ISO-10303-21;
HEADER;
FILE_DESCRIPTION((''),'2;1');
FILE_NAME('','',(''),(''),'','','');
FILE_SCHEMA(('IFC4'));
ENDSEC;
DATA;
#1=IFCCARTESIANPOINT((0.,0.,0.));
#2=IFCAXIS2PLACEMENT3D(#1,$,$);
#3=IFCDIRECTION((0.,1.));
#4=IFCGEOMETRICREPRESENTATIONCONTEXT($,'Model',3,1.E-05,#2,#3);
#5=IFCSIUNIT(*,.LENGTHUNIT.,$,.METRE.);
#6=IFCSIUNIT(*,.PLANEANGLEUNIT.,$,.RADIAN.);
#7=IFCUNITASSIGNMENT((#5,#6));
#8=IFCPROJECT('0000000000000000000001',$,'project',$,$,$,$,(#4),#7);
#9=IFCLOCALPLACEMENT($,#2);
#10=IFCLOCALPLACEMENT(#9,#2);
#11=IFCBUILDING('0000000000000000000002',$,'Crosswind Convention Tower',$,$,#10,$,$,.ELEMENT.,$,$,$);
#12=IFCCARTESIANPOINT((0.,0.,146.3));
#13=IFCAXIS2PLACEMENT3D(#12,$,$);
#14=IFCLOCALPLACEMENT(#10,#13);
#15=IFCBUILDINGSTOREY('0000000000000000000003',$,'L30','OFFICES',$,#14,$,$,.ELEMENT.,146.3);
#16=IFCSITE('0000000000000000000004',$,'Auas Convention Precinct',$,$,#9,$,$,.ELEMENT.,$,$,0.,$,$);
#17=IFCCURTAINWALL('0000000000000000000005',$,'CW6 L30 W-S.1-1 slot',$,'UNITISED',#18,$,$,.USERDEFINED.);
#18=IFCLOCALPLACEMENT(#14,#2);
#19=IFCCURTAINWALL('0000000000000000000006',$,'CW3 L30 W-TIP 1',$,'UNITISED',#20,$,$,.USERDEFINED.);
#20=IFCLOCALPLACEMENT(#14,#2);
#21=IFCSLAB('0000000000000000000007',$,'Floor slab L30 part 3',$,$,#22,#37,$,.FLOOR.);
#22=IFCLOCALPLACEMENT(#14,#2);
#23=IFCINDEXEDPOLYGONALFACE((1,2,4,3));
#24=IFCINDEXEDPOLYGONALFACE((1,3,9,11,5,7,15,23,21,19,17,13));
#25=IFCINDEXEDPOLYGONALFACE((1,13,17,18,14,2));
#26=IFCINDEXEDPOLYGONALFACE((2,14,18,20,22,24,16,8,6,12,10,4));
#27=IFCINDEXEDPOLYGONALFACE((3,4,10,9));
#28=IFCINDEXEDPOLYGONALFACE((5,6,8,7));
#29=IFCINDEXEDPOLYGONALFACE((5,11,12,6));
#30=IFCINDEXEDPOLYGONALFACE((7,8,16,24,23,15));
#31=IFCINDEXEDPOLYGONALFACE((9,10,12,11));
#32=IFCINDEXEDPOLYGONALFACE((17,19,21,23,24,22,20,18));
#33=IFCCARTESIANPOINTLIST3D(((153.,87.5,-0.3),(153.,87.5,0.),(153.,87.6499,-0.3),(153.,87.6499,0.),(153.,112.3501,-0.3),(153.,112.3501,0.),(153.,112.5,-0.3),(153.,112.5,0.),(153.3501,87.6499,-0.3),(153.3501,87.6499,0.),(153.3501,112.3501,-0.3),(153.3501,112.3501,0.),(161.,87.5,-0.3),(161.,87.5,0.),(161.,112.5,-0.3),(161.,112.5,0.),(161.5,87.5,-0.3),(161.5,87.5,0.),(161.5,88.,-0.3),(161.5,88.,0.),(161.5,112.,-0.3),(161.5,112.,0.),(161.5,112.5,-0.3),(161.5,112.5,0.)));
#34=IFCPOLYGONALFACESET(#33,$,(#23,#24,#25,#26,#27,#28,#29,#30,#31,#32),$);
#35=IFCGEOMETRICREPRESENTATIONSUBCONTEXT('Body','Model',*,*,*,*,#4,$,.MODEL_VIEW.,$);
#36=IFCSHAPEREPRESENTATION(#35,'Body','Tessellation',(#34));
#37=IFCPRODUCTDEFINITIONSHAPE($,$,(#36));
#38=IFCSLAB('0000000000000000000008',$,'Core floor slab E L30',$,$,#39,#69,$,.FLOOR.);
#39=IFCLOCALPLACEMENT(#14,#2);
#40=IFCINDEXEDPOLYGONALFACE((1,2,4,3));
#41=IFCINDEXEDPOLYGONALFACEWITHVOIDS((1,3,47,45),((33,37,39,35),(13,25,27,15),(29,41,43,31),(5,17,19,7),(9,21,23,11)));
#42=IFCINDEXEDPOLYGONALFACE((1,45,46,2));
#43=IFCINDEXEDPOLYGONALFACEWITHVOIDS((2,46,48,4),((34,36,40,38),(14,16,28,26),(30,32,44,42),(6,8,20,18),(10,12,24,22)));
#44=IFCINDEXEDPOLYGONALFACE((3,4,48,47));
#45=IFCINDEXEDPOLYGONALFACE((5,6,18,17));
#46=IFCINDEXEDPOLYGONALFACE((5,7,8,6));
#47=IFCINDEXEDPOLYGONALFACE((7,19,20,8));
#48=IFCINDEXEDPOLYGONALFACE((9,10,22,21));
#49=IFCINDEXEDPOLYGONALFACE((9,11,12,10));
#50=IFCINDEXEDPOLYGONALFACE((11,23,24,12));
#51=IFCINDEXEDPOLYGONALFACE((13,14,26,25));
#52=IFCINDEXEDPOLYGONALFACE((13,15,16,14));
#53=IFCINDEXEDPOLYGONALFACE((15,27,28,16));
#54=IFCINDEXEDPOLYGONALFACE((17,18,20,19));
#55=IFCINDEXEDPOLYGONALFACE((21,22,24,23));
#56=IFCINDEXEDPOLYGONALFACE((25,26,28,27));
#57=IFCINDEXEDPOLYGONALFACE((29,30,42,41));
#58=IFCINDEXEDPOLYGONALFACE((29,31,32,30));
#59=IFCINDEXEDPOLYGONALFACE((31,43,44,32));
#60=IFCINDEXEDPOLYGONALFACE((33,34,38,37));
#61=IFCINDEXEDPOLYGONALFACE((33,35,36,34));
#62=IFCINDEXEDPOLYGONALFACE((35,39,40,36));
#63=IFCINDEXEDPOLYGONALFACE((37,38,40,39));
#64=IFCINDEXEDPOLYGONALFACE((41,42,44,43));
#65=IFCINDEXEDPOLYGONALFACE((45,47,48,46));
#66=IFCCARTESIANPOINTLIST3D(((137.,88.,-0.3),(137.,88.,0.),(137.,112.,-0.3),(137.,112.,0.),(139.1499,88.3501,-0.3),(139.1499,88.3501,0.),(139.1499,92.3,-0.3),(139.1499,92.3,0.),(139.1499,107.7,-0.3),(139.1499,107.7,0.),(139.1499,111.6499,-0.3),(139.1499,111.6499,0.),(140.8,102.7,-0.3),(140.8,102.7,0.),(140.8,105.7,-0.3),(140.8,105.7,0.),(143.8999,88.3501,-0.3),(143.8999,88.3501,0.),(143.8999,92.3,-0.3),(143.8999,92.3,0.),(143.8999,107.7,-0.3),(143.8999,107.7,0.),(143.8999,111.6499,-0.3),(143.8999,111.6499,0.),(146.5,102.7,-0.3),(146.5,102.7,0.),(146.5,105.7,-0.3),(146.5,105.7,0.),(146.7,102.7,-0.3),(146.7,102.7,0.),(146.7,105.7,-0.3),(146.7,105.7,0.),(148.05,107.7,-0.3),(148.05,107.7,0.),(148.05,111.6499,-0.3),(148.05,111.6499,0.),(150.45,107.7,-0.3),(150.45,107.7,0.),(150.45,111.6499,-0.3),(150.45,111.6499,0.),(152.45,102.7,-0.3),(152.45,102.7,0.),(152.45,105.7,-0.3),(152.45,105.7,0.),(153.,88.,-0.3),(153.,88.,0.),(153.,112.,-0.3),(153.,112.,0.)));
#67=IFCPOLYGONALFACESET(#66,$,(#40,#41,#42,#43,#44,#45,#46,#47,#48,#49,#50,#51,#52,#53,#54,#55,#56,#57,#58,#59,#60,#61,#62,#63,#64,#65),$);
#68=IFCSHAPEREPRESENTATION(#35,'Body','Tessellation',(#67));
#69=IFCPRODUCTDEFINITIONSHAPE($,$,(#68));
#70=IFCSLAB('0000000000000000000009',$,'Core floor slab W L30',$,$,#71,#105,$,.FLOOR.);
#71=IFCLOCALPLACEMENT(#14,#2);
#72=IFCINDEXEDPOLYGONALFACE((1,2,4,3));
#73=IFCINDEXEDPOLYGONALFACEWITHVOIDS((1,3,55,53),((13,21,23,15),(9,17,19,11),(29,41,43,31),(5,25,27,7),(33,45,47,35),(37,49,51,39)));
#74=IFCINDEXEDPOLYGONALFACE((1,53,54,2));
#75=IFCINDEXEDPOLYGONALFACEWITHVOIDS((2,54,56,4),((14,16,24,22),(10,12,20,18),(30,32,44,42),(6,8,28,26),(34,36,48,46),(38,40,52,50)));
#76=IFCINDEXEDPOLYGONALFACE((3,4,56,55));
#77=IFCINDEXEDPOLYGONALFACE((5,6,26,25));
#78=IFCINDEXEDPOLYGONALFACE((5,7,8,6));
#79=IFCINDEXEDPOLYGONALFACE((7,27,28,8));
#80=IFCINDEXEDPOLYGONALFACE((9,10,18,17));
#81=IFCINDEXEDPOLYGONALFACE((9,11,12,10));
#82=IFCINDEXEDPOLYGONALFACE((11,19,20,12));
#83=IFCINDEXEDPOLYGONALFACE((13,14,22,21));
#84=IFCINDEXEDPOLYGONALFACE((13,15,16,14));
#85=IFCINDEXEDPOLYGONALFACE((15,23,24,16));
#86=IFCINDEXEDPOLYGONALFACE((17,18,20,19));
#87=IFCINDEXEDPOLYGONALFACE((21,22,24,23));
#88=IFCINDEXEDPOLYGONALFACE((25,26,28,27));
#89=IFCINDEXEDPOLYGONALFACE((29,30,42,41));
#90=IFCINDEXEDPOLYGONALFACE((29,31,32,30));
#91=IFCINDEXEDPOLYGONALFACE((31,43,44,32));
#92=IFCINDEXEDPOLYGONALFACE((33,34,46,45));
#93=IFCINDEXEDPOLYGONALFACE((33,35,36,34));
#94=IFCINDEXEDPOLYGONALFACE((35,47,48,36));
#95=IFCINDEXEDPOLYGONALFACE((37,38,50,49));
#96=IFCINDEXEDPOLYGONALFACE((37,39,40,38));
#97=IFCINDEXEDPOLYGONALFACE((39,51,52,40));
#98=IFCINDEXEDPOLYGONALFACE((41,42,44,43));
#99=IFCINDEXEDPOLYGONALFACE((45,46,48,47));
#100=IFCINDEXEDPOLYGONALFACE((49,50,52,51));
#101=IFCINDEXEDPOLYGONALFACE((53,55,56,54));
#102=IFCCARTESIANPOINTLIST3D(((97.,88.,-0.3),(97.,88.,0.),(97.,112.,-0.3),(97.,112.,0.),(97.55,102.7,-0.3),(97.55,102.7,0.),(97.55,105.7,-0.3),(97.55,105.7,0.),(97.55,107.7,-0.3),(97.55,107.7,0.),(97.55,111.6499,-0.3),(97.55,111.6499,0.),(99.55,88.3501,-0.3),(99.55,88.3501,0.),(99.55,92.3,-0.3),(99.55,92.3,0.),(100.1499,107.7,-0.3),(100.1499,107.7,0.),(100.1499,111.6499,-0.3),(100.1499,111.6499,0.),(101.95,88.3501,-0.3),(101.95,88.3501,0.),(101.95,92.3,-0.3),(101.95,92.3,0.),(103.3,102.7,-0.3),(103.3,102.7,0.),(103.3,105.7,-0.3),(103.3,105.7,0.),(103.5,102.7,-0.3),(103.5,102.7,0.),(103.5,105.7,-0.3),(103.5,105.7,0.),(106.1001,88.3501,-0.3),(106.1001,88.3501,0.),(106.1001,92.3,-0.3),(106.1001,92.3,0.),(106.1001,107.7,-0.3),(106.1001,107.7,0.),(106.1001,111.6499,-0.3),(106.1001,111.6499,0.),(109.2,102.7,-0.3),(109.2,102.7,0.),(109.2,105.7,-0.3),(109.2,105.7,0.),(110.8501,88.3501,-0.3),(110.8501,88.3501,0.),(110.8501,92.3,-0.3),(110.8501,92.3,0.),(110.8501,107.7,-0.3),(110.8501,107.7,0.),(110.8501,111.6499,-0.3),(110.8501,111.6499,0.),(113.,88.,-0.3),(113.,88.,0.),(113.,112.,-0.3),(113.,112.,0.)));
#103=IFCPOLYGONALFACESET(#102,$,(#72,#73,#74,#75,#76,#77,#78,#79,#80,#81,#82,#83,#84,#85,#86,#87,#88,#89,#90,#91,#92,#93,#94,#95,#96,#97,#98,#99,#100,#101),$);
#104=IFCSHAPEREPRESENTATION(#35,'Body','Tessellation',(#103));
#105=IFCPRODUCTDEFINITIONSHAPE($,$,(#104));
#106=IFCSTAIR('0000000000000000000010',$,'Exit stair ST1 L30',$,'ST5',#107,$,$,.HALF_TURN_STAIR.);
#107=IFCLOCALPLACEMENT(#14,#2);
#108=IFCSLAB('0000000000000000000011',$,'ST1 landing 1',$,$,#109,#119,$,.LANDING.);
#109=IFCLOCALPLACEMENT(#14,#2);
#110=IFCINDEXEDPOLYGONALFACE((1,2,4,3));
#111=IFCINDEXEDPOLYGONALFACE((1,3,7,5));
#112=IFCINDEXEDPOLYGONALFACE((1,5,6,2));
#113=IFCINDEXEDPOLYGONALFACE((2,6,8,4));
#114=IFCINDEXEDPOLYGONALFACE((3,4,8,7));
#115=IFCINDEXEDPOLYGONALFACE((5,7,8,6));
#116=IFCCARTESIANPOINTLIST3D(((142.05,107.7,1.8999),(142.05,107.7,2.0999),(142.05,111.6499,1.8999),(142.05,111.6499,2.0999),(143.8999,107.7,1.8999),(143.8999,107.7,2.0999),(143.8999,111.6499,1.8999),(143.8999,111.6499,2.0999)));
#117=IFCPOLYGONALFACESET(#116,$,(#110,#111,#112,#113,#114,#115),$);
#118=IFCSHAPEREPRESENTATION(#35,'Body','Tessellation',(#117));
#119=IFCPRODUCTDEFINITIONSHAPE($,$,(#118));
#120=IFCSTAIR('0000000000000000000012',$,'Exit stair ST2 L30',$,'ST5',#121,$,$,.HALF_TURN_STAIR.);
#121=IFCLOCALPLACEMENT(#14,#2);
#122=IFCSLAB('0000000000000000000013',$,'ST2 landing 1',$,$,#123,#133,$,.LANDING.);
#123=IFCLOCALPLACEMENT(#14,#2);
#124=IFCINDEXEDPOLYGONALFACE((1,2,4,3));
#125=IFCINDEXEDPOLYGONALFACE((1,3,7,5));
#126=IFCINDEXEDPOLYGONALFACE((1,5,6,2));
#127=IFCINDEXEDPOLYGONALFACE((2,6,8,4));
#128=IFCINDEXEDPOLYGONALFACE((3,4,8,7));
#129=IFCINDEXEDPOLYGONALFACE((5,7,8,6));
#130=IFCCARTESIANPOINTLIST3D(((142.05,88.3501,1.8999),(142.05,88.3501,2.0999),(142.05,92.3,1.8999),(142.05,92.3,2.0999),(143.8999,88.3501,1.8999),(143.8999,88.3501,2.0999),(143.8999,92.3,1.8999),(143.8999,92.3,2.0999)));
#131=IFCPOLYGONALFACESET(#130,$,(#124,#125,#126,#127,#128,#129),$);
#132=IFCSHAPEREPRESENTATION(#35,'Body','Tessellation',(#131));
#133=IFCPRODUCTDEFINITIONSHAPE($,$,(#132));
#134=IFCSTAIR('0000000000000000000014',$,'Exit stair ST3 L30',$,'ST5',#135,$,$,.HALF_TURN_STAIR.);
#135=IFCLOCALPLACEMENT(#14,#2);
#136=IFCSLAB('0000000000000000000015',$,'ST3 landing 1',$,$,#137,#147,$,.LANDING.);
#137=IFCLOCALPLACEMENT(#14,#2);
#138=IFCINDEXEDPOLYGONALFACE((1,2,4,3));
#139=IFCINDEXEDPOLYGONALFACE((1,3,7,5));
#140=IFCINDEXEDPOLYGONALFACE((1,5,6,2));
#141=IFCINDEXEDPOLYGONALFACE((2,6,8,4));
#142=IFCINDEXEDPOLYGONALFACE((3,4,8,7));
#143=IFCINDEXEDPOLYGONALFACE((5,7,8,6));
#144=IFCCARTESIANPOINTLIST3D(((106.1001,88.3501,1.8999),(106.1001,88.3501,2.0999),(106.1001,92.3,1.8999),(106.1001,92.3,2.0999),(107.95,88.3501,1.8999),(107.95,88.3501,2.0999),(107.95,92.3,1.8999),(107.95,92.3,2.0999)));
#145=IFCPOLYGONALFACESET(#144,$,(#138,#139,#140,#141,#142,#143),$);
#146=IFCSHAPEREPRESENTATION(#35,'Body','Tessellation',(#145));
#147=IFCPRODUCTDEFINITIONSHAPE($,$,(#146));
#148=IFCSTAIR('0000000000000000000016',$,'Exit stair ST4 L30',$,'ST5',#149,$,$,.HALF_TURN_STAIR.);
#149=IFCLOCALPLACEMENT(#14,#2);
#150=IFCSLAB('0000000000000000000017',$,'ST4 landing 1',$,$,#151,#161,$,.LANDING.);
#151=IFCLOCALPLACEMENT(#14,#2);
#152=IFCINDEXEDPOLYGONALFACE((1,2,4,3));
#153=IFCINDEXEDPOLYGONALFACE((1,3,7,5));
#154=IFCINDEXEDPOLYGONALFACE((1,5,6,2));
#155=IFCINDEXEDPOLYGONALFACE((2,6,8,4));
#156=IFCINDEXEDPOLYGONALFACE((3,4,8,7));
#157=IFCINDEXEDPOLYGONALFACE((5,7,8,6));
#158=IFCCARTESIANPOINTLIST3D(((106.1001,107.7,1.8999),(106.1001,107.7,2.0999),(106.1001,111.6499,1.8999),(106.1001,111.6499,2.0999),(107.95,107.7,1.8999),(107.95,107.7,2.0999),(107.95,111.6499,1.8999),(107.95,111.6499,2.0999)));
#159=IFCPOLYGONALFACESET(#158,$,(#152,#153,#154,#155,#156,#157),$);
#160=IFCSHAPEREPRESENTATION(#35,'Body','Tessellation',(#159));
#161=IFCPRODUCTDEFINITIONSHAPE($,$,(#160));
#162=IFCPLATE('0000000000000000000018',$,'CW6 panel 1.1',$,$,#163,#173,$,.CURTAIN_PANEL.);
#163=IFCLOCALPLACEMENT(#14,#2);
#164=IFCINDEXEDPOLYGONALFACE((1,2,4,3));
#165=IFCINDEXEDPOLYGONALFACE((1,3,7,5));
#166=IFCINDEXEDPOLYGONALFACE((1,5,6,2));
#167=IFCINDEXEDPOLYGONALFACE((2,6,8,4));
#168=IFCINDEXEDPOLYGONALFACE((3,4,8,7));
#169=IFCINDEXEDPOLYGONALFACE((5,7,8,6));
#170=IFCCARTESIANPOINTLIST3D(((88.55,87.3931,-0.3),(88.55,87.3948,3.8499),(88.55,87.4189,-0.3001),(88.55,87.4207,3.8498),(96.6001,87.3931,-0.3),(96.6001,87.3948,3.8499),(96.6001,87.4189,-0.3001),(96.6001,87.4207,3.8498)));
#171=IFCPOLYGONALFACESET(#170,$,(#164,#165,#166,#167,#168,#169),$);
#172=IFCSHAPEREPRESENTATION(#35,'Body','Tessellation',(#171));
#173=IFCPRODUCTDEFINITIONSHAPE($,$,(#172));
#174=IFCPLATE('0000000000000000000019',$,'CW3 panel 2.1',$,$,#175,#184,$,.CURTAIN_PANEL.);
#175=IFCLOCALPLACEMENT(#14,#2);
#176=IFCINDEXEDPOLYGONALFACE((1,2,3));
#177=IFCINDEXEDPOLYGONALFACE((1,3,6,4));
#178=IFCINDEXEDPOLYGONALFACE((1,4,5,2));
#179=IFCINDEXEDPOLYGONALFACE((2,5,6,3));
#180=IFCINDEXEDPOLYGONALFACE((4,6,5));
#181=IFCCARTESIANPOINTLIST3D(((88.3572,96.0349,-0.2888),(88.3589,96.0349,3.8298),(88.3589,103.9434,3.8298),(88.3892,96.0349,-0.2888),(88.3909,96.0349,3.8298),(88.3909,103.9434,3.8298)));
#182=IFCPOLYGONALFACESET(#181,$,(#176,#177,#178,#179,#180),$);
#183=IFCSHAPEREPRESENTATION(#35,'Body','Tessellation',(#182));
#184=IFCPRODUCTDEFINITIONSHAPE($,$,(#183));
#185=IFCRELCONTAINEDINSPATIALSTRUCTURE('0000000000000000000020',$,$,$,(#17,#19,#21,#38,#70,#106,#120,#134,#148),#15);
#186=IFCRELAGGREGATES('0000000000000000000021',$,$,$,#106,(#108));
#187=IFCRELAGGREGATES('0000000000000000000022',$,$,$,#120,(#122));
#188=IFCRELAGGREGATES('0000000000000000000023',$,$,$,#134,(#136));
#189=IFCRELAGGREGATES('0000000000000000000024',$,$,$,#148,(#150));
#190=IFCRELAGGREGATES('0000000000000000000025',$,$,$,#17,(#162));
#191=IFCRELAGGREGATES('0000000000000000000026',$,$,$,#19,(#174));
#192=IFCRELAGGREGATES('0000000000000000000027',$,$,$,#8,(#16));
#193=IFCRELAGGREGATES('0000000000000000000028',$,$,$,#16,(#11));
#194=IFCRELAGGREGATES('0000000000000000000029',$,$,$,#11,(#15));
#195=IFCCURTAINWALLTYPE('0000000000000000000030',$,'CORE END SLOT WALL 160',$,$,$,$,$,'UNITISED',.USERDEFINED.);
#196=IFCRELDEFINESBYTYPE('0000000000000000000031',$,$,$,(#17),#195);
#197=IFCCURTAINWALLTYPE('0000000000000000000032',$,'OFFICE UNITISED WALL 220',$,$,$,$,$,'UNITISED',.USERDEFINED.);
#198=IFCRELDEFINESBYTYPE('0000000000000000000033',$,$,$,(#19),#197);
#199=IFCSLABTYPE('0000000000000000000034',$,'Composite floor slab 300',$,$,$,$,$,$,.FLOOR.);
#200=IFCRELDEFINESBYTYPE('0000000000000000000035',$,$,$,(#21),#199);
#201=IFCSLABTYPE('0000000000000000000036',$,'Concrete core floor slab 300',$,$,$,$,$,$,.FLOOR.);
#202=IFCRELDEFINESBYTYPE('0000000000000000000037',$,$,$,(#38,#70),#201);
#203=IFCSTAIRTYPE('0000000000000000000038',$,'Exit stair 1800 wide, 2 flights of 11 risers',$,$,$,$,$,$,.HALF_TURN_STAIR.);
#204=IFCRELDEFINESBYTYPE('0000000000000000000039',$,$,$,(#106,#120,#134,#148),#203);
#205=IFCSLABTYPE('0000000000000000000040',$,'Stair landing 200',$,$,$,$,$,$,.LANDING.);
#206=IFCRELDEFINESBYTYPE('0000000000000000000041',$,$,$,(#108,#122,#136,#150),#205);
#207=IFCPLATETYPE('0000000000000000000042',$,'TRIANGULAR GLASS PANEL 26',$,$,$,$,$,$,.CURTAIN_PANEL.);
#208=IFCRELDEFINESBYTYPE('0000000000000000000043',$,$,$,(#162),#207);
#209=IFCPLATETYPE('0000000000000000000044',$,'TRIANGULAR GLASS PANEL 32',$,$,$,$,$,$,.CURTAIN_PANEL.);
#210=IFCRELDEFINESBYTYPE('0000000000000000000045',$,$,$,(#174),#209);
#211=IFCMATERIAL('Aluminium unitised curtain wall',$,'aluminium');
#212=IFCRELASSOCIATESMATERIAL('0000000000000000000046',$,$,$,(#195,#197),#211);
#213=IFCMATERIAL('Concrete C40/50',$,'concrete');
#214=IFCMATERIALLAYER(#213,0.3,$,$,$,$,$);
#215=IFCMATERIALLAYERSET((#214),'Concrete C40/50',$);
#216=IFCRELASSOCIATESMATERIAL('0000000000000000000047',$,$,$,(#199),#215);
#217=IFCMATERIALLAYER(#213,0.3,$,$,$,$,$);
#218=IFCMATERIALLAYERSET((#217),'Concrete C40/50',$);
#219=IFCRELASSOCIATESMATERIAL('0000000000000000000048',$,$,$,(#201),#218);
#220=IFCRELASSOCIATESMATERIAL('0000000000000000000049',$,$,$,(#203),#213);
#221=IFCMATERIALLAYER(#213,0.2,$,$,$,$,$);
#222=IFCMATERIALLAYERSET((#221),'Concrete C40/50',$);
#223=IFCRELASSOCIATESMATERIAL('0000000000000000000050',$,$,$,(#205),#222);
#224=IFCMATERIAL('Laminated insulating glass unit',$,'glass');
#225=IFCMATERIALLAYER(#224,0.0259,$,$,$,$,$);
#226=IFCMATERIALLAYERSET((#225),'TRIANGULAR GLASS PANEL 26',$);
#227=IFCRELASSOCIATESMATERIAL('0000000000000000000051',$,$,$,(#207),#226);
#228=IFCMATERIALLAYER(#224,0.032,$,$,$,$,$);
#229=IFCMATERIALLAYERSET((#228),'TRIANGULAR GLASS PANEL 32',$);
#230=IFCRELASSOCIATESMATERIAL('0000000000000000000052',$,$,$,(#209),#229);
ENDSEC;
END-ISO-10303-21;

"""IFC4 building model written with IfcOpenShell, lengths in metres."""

from ifc_helpers import new_model, si_unit, direction, frame, origin, place, context, subcontext, project, spatial, polyline, outline, extrude, material, layer, layer_set, type_object, element, aggregate, save


model = new_model("IFC4")

# Units and contexts
model_context = context("Model", 3, precision=1e-05, world=origin(), true_north=direction((0.0, 1.0)))
body_context = subcontext(model_context, "Body", "Model", "MODEL_VIEW")
ifc_project = project(units=[si_unit("LENGTHUNIT", "METRE"), si_unit("PLANEANGLEUNIT", "RADIAN")], contexts=[model_context])

# Site, building, storey
site_placement = place(None, origin())
site = spatial("IfcSite", under=ifc_project, at=site_placement, Name="Auas Convention Precinct", CompositionType="ELEMENT", RefElevation=0.0)
building_placement = place(site_placement, origin())
building = spatial("IfcBuilding", under=site, at=building_placement, Name="Crosswind Convention Tower", CompositionType="ELEMENT")
storey_placement = place(building_placement, frame((0.0, 0.0, 146.3)))
storey = spatial("IfcBuildingStorey", under=building, at=storey_placement, Name="L30", Description="OFFICES", CompositionType="ELEMENT", Elevation=146.3)

# Curtain wall
ifc_material_1 = material(Name="Aluminium unitised curtain wall", Category="aluminium")
curtain_wall_type_1 = type_object("IfcCurtainWallType", Name="CORE END SLOT WALL 160", ElementType="UNITISED", PredefinedType="USERDEFINED", material=ifc_material_1)
curtain_wall_1_placement = place(storey_placement, origin())
curtain_wall_1 = element("IfcCurtainWall", 1, at=curtain_wall_1_placement, inside=storey, type_object=curtain_wall_type_1, Name="CW6 L30 W-S.1-1 slot", ObjectType="UNITISED", PredefinedType="USERDEFINED")

# Curtain wall
curtain_wall_type_2 = type_object("IfcCurtainWallType", Name="OFFICE UNITISED WALL 220", ElementType="UNITISED", PredefinedType="USERDEFINED", material=ifc_material_1)
curtain_wall_2_placement = place(storey_placement, origin())
curtain_wall_2 = element("IfcCurtainWall", 2, at=curtain_wall_2_placement, inside=storey, type_object=curtain_wall_type_2, Name="CW3 L30 W-TIP 1", ObjectType="UNITISED", PredefinedType="USERDEFINED")

# Slabs
ifc_material_2 = material(Name="Concrete C40/50", Category="concrete")
ifc_layer_1 = layer(ifc_material_2, 0.3)
ifc_layer_set_1 = layer_set([ifc_layer_1], Name="Concrete C40/50")
slab_type_1 = type_object("IfcSlabType", Name="Composite floor slab 300", PredefinedType="FLOOR", material=ifc_layer_set_1)
slab_1_placement = place(storey_placement, frame((0.0, 0.0, -0.3)))
element("IfcSlab", 3, at=slab_1_placement, inside=storey, type_object=slab_type_1, Name="Floor slab L30 part 3", PredefinedType="FLOOR", context=body_context, shape_type="SweptSolid", body=[
    extrude(outline(polyline([(153.0, 112.5), (161.0, 112.5), (161.5, 112.5), (161.5, 112.0), (161.5, 88.0), (161.5, 87.5), (161.0, 87.5), (153.0, 87.5), (153.0, 87.6499), (153.3501, 87.6499), (153.3501, 112.3501), (153.0, 112.3501), (153.0, 112.5)])), origin(), (0.0, 0.0, 1.0), 0.3),
])
ifc_layer_2 = layer(ifc_material_2, 0.3)
ifc_layer_set_2 = layer_set([ifc_layer_2], Name="Concrete C40/50")
slab_type_2 = type_object("IfcSlabType", Name="Concrete core floor slab 300", PredefinedType="FLOOR", material=ifc_layer_set_2)
slab_2_placement = place(storey_placement, frame((0.0, 0.0, -0.3)))
element("IfcSlab", 4, at=slab_2_placement, inside=storey, type_object=slab_type_2, Name="Core floor slab E L30", PredefinedType="FLOOR", context=body_context, shape_type="SweptSolid", body=[
    extrude(outline(polyline([(137.0, 88.0), (153.0, 88.0), (153.0, 112.0), (137.0, 112.0), (137.0, 88.0)]), holes=[polyline([(146.5, 102.7), (146.5, 105.7), (140.8, 105.7), (140.8, 102.7), (146.5, 102.7)]), polyline([(152.45, 102.7), (152.45, 105.7), (146.7, 105.7), (146.7, 102.7), (152.45, 102.7)]), polyline([(150.45, 107.7), (150.45, 111.6499), (148.05, 111.6499), (148.05, 107.7), (150.45, 107.7)]), polyline([(143.8999, 107.7), (143.8999, 111.6499), (139.1499, 111.6499), (139.1499, 107.7), (143.8999, 107.7)]), polyline([(143.8999, 88.3501), (143.8999, 92.3), (139.1499, 92.3), (139.1499, 88.3501), (143.8999, 88.3501)])]), origin(), (0.0, 0.0, 1.0), 0.3),
])
slab_3_placement = place(storey_placement, frame((0.0, 0.0, -0.3)))
element("IfcSlab", 5, at=slab_3_placement, inside=storey, type_object=slab_type_2, Name="Core floor slab W L30", PredefinedType="FLOOR", context=body_context, shape_type="SweptSolid", body=[
    extrude(outline(polyline([(97.0, 88.0), (113.0, 88.0), (113.0, 112.0), (97.0, 112.0), (97.0, 88.0)]), holes=[polyline([(109.2, 102.7), (109.2, 105.7), (103.5, 105.7), (103.5, 102.7), (109.2, 102.7)]), polyline([(103.3, 102.7), (103.3, 105.7), (97.55, 105.7), (97.55, 102.7), (103.3, 102.7)]), polyline([(101.95, 88.3501), (101.95, 92.3), (99.55, 92.3), (99.55, 88.3501), (101.95, 88.3501)]), polyline([(100.1499, 107.7), (100.1499, 111.6499), (97.55, 111.6499), (97.55, 107.7), (100.1499, 107.7)]), polyline([(110.8501, 88.3501), (110.8501, 92.3), (106.1001, 92.3), (106.1001, 88.3501), (110.8501, 88.3501)]), polyline([(110.8501, 107.7), (110.8501, 111.6499), (106.1001, 111.6499), (106.1001, 107.7), (110.8501, 107.7)])]), origin(), (0.0, 0.0, 1.0), 0.3),
])

# Stairs, slabs
stair_type = type_object("IfcStairType", Name="Exit stair 1800 wide, 2 flights of 11 risers", PredefinedType="HALF_TURN_STAIR", material=ifc_material_2)
stair_1_placement = place(storey_placement, origin())
stair_1 = element("IfcStair", 6, at=stair_1_placement, inside=storey, type_object=stair_type, Name="Exit stair ST1 L30", ObjectType="ST5", PredefinedType="HALF_TURN_STAIR")
ifc_layer_3 = layer(ifc_material_2, 0.2)
ifc_layer_set_3 = layer_set([ifc_layer_3], Name="Concrete C40/50")
slab_type_3 = type_object("IfcSlabType", Name="Stair landing 200", PredefinedType="LANDING", material=ifc_layer_set_3)
slab_4_placement = place(storey_placement, frame((0.0, 0.0, 1.8999)))
slab_4 = element("IfcSlab", 7, at=slab_4_placement, type_object=slab_type_3, Name="ST1 landing 1", PredefinedType="LANDING", context=body_context, shape_type="SweptSolid", body=[
    extrude(outline(polyline([(143.8999, 107.7), (143.8999, 111.6499), (142.05, 111.6499), (142.05, 107.7), (143.8999, 107.7)])), origin(), (0.0, 0.0, 1.0), 0.2),
])
aggregate(stair_1, [slab_4])
stair_2_placement = place(storey_placement, origin())
stair_2 = element("IfcStair", 8, at=stair_2_placement, inside=storey, type_object=stair_type, Name="Exit stair ST2 L30", ObjectType="ST5", PredefinedType="HALF_TURN_STAIR")
slab_5_placement = place(storey_placement, frame((0.0, 0.0, 1.8999)))
slab_5 = element("IfcSlab", 9, at=slab_5_placement, type_object=slab_type_3, Name="ST2 landing 1", PredefinedType="LANDING", context=body_context, shape_type="SweptSolid", body=[
    extrude(outline(polyline([(143.8999, 88.3501), (143.8999, 92.3), (142.05, 92.3), (142.05, 88.3501), (143.8999, 88.3501)])), origin(), (0.0, 0.0, 1.0), 0.2),
])
aggregate(stair_2, [slab_5])
stair_3_placement = place(storey_placement, origin())
stair_3 = element("IfcStair", 10, at=stair_3_placement, inside=storey, type_object=stair_type, Name="Exit stair ST3 L30", ObjectType="ST5", PredefinedType="HALF_TURN_STAIR")
slab_6_placement = place(storey_placement, frame((0.0, 0.0, 1.8999)))
slab_6 = element("IfcSlab", 11, at=slab_6_placement, type_object=slab_type_3, Name="ST3 landing 1", PredefinedType="LANDING", context=body_context, shape_type="SweptSolid", body=[
    extrude(outline(polyline([(107.95, 88.3501), (107.95, 92.3), (106.1001, 92.3), (106.1001, 88.3501), (107.95, 88.3501)])), origin(), (0.0, 0.0, 1.0), 0.2),
])
aggregate(stair_3, [slab_6])
stair_4_placement = place(storey_placement, origin())
stair_4 = element("IfcStair", 12, at=stair_4_placement, inside=storey, type_object=stair_type, Name="Exit stair ST4 L30", ObjectType="ST5", PredefinedType="HALF_TURN_STAIR")
slab_7_placement = place(storey_placement, frame((0.0, 0.0, 1.8999)))
slab_7 = element("IfcSlab", 13, at=slab_7_placement, type_object=slab_type_3, Name="ST4 landing 1", PredefinedType="LANDING", context=body_context, shape_type="SweptSolid", body=[
    extrude(outline(polyline([(107.95, 107.7), (107.95, 111.6499), (106.1001, 111.6499), (106.1001, 107.7), (107.95, 107.7)])), origin(), (0.0, 0.0, 1.0), 0.2),
])
aggregate(stair_4, [slab_7])

# Plates
ifc_material_3 = material(Name="Laminated insulating glass unit", Category="glass")
ifc_layer_4 = layer(ifc_material_3, 0.0259)
ifc_layer_set_4 = layer_set([ifc_layer_4], Name="TRIANGULAR GLASS PANEL 26")
plate_type_1 = type_object("IfcPlateType", Name="TRIANGULAR GLASS PANEL 26", PredefinedType="CURTAIN_PANEL", material=ifc_layer_set_4)
plate_1_placement = place(storey_placement, frame((88.55, 87.3931, -0.3), z_axis=(0.0, -1.0, 0.000412), x_axis=(1.0, 0.0, 0.0)))
plate_1 = element("IfcPlate", 14, at=plate_1_placement, type_object=plate_type_1, Name="CW6 panel 1.1", PredefinedType="CURTAIN_PANEL", context=body_context, shape_type="SweptSolid", body=[
    extrude(outline(polyline([(0.0, 0.0), (8.05, 0.0), (8.05, 4.1499), (0.0, 4.1499), (0.0, 0.0)])), origin(), (0.0, 0.0, -1.0), 0.0259),
])
aggregate(curtain_wall_1, [plate_1])
ifc_layer_5 = layer(ifc_material_3, 0.032)
ifc_layer_set_5 = layer_set([ifc_layer_5], Name="TRIANGULAR GLASS PANEL 32")
plate_type_2 = type_object("IfcPlateType", Name="TRIANGULAR GLASS PANEL 32", PredefinedType="CURTAIN_PANEL", material=ifc_layer_set_5)
plate_2_placement = place(storey_placement, frame((88.3589, 96.0349, 3.8298), z_axis=(-1.0, 0.0, 0.000415), x_axis=(0.0, 1.0, 0.0)))
plate_2 = element("IfcPlate", 15, at=plate_2_placement, type_object=plate_type_2, Name="CW3 panel 2.1", PredefinedType="CURTAIN_PANEL", context=body_context, shape_type="SweptSolid", body=[
    extrude(outline(polyline([(0.0, 0.0), (7.9084, 0.0), (0.0, 4.1187), (0.0, 0.0)])), origin(), (0.0, 0.0, -1.0), 0.032),
])
aggregate(curtain_wall_2, [plate_2])

save(model, "model.ifc")
